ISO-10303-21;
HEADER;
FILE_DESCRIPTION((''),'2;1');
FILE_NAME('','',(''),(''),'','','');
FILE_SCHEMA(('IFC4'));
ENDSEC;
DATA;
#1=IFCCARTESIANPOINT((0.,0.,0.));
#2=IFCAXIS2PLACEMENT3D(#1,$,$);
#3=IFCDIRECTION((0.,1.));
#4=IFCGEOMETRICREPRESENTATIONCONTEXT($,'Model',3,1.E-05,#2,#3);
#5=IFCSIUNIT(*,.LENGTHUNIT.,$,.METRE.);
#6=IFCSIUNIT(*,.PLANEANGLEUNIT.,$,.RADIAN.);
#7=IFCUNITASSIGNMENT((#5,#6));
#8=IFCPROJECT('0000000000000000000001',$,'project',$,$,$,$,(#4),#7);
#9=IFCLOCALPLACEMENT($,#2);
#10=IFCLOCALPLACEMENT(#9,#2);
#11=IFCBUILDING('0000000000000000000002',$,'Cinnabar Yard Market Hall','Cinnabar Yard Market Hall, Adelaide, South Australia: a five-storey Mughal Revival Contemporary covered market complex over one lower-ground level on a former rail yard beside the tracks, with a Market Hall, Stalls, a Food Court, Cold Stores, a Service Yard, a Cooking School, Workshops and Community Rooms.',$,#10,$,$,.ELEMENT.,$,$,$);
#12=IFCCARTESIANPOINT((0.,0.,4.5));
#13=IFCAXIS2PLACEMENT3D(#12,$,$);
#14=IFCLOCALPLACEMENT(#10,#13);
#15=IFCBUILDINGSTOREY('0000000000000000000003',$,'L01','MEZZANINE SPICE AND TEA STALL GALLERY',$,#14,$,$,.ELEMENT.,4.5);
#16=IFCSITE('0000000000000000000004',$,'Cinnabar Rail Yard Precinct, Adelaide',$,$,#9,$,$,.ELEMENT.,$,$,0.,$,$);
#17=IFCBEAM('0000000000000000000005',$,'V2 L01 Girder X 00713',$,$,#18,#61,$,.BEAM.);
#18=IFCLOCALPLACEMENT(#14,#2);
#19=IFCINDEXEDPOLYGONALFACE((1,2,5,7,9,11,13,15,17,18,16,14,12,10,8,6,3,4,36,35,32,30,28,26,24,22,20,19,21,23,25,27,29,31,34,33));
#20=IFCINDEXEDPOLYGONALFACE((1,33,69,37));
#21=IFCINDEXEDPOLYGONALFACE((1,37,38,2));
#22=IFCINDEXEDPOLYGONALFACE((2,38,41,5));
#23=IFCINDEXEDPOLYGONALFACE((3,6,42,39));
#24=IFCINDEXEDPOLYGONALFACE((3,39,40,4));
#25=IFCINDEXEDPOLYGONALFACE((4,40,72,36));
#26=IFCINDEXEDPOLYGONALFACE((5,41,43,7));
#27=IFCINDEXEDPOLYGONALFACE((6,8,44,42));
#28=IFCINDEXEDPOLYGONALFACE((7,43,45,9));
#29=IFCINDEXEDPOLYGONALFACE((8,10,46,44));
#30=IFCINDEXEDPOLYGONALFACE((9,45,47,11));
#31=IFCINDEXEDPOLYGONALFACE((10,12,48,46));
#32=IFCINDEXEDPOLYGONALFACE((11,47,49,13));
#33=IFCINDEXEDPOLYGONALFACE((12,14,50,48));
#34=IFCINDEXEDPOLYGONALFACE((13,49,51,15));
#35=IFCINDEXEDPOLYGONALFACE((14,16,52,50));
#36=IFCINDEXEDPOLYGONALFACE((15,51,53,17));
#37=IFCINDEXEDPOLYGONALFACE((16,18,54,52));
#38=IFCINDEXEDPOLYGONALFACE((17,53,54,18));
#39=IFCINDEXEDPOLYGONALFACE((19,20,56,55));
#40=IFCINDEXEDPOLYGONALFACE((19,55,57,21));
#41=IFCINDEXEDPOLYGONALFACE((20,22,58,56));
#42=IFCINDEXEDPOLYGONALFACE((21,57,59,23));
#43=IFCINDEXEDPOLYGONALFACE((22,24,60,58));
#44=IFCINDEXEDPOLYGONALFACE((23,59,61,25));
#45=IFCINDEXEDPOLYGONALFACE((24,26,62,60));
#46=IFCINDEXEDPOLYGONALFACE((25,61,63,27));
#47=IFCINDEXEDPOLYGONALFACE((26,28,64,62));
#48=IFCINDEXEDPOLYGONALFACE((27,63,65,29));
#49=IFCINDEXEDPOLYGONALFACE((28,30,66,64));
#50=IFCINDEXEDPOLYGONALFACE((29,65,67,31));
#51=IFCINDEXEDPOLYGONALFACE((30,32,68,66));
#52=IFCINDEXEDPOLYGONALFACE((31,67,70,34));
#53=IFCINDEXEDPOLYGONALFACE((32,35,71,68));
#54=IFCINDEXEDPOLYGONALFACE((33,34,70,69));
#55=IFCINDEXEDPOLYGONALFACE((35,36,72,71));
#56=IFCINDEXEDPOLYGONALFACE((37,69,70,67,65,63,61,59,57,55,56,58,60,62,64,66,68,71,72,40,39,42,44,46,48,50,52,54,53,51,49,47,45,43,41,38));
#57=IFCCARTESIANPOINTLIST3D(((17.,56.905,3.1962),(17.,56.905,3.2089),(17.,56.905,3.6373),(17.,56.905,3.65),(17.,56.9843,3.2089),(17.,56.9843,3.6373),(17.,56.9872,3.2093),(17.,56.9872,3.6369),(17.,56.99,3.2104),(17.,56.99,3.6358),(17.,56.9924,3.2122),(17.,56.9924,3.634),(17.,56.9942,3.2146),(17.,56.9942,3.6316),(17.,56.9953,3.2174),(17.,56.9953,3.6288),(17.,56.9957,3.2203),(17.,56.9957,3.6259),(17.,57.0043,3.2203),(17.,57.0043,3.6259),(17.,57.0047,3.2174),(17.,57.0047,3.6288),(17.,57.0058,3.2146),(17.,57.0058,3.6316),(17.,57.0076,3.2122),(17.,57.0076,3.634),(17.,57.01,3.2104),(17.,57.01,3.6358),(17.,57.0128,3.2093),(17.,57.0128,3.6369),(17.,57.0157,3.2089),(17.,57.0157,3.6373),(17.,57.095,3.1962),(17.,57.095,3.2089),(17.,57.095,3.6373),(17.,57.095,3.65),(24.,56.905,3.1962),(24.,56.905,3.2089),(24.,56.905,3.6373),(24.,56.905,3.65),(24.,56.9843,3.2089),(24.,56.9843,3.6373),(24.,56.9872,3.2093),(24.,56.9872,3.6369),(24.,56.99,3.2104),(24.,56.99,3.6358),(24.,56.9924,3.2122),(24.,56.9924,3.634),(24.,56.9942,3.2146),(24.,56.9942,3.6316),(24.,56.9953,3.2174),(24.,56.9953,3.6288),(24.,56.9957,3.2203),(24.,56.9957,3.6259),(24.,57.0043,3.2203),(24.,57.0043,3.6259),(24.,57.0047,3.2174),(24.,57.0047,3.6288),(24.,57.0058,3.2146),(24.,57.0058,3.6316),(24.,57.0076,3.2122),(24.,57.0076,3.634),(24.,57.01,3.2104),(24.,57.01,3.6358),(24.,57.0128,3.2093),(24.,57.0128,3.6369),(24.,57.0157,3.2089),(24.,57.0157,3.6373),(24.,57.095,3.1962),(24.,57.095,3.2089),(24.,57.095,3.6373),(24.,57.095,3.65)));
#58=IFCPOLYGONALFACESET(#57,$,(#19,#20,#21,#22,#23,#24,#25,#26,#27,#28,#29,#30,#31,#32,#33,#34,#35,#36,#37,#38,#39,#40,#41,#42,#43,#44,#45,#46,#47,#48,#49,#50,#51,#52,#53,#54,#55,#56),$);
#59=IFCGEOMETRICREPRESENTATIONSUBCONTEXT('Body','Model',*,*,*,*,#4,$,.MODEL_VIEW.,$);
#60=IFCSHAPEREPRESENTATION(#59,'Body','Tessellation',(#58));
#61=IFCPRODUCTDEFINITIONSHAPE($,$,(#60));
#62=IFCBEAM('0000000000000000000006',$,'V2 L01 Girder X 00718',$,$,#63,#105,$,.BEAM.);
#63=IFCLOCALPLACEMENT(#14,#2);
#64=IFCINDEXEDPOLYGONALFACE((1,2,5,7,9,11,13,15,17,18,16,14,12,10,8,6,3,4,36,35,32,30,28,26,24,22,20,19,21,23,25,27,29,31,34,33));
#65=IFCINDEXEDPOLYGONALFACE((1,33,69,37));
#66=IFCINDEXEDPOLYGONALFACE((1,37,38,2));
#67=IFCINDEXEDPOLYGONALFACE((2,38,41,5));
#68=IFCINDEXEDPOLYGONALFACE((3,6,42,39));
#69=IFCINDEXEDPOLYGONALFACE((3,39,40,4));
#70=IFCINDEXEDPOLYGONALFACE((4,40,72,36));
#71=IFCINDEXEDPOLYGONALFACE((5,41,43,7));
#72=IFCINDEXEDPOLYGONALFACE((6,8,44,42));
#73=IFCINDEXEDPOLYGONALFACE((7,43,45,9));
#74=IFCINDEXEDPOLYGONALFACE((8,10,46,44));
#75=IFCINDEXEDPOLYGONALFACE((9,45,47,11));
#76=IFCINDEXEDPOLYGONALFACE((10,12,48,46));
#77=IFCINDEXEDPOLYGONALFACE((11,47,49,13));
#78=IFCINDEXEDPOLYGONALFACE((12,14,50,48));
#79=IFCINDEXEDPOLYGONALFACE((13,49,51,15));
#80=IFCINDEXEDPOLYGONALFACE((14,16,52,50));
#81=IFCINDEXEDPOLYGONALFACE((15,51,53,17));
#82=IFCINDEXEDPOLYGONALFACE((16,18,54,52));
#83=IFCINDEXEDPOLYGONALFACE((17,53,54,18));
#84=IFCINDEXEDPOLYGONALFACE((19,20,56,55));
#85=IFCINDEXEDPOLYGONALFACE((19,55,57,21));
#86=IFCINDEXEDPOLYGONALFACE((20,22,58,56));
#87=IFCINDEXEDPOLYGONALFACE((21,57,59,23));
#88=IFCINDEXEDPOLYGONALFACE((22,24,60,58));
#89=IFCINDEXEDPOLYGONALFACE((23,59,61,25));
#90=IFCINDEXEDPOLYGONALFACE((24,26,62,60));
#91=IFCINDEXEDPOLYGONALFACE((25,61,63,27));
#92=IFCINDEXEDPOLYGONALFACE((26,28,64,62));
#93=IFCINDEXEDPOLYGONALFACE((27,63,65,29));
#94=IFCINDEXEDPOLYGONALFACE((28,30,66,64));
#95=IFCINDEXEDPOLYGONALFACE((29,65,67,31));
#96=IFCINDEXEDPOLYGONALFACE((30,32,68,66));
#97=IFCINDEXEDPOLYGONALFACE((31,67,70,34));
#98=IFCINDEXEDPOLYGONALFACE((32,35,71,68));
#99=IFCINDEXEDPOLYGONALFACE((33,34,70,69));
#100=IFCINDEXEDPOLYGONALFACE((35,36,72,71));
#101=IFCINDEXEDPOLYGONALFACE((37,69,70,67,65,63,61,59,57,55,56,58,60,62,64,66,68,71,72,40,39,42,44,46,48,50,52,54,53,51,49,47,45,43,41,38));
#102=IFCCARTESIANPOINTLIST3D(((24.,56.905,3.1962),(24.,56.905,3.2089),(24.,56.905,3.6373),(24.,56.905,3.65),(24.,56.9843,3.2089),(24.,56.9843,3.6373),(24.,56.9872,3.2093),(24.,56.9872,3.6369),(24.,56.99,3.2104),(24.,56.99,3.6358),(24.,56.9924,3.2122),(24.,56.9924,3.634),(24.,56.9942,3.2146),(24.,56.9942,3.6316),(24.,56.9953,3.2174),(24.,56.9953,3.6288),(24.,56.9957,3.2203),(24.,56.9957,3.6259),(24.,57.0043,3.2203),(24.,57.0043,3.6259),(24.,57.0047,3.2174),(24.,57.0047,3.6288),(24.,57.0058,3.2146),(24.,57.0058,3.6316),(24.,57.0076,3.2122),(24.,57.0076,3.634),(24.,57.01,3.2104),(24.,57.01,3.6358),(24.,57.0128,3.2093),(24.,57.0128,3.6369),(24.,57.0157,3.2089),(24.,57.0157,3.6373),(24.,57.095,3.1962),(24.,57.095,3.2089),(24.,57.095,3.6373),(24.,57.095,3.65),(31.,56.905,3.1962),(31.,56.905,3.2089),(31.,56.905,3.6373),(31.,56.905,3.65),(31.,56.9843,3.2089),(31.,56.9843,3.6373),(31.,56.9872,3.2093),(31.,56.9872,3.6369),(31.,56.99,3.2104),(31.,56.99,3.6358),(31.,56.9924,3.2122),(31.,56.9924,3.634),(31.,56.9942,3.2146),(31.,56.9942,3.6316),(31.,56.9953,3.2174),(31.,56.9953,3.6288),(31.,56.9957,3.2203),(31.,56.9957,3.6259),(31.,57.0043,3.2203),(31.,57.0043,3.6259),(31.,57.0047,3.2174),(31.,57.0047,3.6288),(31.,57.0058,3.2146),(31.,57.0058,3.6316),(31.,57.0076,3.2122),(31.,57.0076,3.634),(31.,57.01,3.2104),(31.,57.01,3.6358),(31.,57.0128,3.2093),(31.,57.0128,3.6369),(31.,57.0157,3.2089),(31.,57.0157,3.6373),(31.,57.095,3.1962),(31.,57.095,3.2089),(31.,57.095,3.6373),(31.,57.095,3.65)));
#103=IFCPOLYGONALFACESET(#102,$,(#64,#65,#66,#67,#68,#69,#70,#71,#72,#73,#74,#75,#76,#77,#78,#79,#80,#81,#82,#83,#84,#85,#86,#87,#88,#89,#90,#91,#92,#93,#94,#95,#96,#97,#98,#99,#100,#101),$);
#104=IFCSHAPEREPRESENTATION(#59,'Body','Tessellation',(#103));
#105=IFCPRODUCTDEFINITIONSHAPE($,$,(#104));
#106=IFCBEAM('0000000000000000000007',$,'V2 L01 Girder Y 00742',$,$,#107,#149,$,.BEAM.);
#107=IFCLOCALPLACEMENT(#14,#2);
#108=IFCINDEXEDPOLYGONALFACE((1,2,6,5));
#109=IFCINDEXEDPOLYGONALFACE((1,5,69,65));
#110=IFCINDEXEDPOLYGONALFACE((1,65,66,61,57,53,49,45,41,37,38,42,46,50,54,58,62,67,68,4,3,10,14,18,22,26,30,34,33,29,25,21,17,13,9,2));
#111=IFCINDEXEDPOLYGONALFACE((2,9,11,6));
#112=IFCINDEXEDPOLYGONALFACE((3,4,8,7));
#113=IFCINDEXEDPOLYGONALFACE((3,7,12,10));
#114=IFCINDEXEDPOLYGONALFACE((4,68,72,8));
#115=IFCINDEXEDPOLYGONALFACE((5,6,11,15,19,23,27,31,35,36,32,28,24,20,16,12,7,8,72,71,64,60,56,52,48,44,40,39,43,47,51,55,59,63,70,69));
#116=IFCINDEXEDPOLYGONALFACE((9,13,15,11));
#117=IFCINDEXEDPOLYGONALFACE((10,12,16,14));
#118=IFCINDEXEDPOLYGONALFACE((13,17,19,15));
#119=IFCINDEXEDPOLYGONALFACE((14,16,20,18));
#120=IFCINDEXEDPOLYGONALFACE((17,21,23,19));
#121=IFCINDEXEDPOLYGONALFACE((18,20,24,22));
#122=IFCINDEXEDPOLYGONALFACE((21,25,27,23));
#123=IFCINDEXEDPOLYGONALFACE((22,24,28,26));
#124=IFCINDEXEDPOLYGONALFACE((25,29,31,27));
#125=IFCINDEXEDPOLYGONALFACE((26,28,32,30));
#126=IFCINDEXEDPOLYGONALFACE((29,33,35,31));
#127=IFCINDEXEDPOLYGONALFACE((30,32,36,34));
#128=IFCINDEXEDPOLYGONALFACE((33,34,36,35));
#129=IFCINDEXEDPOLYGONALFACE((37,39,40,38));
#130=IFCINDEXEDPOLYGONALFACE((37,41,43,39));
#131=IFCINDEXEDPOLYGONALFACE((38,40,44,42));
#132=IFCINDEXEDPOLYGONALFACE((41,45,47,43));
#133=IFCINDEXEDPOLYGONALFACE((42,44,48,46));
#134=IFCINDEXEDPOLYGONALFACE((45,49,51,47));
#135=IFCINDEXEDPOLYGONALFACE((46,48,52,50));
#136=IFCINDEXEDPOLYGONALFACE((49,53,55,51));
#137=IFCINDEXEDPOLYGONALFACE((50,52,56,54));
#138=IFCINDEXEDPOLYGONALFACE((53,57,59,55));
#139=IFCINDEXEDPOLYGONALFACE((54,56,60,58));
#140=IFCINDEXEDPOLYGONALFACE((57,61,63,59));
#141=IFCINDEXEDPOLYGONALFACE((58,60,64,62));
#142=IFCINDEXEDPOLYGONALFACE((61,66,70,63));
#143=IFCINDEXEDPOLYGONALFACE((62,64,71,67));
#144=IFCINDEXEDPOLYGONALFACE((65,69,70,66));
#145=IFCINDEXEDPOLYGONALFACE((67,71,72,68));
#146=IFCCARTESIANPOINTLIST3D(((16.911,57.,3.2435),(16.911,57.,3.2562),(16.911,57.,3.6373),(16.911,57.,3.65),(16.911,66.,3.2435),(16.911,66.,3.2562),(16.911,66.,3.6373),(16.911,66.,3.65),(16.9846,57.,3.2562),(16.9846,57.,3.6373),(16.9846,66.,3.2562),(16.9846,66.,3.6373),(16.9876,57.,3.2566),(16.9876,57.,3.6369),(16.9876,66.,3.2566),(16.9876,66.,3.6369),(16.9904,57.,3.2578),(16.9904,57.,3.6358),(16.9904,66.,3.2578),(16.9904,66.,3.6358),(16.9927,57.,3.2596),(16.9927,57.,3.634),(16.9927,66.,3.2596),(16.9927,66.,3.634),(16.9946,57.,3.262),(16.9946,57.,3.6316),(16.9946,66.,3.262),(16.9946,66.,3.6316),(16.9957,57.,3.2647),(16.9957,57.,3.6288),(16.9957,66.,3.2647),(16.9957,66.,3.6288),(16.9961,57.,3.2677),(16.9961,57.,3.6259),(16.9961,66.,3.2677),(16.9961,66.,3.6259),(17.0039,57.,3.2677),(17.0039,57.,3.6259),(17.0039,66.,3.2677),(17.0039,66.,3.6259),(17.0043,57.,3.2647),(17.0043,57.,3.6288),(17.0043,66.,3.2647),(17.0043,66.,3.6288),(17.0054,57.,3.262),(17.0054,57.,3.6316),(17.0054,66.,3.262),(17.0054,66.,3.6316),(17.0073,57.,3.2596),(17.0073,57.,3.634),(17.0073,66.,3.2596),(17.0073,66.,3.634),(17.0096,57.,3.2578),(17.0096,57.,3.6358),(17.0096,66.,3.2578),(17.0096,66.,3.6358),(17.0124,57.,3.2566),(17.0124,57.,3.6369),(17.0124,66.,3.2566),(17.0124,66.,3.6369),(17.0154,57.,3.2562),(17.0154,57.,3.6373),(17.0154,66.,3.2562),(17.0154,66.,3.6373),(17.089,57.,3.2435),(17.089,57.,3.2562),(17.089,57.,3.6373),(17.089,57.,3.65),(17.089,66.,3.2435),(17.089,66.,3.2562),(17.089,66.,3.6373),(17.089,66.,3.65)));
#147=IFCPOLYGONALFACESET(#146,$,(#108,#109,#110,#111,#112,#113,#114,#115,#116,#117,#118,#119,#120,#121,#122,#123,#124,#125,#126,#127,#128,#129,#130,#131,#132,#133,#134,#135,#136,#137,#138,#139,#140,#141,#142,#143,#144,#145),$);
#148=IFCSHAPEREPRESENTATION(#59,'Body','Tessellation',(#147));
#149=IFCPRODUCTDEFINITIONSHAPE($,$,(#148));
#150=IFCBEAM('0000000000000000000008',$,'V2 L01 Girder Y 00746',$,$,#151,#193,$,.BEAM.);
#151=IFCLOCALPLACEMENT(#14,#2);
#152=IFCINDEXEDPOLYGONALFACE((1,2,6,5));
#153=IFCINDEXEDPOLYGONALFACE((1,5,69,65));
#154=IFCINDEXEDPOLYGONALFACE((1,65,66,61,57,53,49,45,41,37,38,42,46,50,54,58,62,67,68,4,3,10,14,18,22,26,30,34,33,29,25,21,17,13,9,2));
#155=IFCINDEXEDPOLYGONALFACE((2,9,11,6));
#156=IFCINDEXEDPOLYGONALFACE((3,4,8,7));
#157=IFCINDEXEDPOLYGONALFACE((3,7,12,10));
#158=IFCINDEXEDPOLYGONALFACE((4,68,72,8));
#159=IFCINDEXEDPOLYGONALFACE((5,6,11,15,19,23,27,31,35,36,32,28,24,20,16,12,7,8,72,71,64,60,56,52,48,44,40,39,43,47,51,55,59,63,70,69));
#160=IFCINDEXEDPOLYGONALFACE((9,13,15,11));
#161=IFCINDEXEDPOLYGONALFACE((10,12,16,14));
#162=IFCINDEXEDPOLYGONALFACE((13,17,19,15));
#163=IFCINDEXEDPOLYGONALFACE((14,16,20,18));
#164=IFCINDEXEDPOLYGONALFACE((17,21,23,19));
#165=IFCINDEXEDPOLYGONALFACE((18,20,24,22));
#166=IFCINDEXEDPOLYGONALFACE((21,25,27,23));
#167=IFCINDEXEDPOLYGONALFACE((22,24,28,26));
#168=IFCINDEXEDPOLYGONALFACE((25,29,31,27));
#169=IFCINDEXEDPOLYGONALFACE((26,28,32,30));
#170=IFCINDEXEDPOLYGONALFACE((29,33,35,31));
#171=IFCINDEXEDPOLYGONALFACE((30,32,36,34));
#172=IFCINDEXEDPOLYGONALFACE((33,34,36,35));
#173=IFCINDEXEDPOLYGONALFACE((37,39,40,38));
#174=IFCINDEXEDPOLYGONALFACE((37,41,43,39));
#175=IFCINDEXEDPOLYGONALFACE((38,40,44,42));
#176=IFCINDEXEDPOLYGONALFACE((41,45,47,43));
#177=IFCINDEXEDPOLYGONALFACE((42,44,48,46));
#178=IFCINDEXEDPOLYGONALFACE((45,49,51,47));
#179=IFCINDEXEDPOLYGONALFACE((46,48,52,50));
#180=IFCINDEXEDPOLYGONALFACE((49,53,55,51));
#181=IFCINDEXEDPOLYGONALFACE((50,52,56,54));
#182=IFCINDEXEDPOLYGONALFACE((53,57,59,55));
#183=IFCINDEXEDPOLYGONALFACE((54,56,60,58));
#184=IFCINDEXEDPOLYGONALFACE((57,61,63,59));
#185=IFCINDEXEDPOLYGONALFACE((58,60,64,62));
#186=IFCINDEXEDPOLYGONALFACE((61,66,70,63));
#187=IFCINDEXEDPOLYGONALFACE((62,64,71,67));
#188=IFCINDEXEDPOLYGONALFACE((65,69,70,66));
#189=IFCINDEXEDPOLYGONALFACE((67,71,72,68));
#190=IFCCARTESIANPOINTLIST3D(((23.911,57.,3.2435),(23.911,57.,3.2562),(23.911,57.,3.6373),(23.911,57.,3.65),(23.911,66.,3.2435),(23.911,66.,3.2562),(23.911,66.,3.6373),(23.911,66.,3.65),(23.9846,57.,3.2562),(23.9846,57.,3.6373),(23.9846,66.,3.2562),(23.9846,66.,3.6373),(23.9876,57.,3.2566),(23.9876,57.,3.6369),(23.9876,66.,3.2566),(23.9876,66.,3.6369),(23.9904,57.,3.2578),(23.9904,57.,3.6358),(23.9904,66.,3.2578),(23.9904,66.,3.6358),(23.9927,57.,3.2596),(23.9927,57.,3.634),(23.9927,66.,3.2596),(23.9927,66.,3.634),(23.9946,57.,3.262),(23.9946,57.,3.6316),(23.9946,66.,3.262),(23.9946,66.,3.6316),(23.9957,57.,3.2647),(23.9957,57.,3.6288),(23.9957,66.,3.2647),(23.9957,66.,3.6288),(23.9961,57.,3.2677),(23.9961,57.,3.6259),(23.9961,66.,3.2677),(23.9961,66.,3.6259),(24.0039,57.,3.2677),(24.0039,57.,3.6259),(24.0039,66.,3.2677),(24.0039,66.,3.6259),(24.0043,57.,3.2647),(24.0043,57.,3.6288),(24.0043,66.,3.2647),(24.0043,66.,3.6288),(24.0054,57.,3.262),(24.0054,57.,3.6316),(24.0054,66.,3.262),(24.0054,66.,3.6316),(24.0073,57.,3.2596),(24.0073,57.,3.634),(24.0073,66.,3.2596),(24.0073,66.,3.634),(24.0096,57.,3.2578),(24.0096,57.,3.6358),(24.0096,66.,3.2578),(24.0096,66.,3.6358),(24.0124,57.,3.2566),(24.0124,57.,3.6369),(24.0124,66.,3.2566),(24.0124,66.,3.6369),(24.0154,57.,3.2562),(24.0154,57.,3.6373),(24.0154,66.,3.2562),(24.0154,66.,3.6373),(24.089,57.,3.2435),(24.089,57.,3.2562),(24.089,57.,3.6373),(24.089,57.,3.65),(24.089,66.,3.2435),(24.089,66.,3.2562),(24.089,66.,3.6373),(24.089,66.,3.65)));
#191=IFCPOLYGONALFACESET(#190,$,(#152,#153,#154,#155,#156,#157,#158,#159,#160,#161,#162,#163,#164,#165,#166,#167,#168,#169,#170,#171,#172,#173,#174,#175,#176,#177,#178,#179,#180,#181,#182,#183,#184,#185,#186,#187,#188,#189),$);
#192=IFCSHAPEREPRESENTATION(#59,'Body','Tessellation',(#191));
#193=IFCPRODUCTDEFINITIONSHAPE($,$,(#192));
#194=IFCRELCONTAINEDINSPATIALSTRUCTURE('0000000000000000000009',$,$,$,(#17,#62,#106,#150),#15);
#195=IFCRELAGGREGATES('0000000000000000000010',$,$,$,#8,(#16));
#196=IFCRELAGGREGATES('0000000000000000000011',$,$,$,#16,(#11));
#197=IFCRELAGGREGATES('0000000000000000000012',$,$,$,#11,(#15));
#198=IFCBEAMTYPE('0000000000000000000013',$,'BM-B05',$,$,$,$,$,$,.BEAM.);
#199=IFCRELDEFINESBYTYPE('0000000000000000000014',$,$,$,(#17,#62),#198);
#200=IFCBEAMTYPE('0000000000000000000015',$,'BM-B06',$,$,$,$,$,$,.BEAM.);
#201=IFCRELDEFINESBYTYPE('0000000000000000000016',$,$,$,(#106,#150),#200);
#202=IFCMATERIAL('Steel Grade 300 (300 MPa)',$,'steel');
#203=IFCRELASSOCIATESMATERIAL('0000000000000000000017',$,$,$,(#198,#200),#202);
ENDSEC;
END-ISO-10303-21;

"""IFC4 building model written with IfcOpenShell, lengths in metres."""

from ifc_helpers import new_model, si_unit, direction, frame, origin, origin_2d_with_axis, place, context, subcontext, project, spatial, i_section, extrude, material, material_profile, profile_set, type_object, element, save


model = new_model("IFC4")

# Units and contexts
model_context = context("Model", 3, precision=1e-05, world=origin(), true_north=direction((0.0, 1.0)))
body_context = subcontext(model_context, "Body", "Model", "MODEL_VIEW")
ifc_project = project(units=[si_unit("LENGTHUNIT", "METRE"), si_unit("PLANEANGLEUNIT", "RADIAN")], contexts=[model_context])

# Site, building, storey
site_placement = place(None, origin())
site = spatial("IfcSite", under=ifc_project, at=site_placement, Name="Cinnabar Rail Yard Precinct, Adelaide", CompositionType="ELEMENT", RefElevation=0.0)
building_placement = place(site_placement, origin())
building = spatial("IfcBuilding", under=site, at=building_placement, Name="Cinnabar Yard Market Hall", Description="Cinnabar Yard Market Hall, Adelaide, South Australia: a five-storey Mughal Revival Contemporary covered market complex over one lower-ground level on a former rail yard beside the tracks, with a Market Hall, Stalls, a Food Court, Cold Stores, a Service Yard, a Cooking School, Workshops and Community Rooms.", CompositionType="ELEMENT")
storey_placement = place(building_placement, frame((0.0, 0.0, 4.5)))
storey = spatial("IfcBuildingStorey", under=building, at=storey_placement, Name="L01", Description="MEZZANINE SPICE AND TEA STALL GALLERY", CompositionType="ELEMENT", Elevation=4.5)

# Shared definitions
ifc_material_1 = material(Name="Steel Grade 300 (300 MPa)", Category="steel")

# Beams
ifc_material_profile_1 = material_profile(ifc_material_1, i_section(OverallWidth=0.1899, OverallDepth=0.4539, WebThickness=0.0085, FlangeThickness=0.0127, FilletRadius=0.0115, at=origin_2d_with_axis()), Name="460UB67.1")
ifc_profile_set_1 = profile_set([ifc_material_profile_1], Name="Steel Grade 300 (300 MPa)")
beam_type_1 = type_object("IfcBeamType", Name="BM-B05", PredefinedType="BEAM", material=ifc_profile_set_1)
for number, where, z_axis, x_axis, name in (
    (1, (17.0, 57.0, 3.4231), (1.0, 0.0, 0.0), (0.0, 1.0, 0.0), "V2 L01 Girder X 00713"),
    (2, (24.0, 57.0, 3.4231), (1.0, 0.0, 0.0), (0.0, 1.0, 0.0), "V2 L01 Girder X 00718"),
):
    element("IfcBeam", number, at=place(storey_placement, frame(where, z_axis=z_axis, x_axis=x_axis)), inside=storey, type_object=beam_type_1, Name=name, PredefinedType="BEAM", context=body_context, shape_type="SweptSolid", body=[
        extrude(i_section(OverallWidth=0.1899, OverallDepth=0.4539, WebThickness=0.0085, FlangeThickness=0.0127, FilletRadius=0.0115, at=origin_2d_with_axis()), origin(), (0.0, 0.0, 1.0), 7.0),
    ])
ifc_material_profile_2 = material_profile(ifc_material_1, i_section(OverallWidth=0.178, OverallDepth=0.4065, WebThickness=0.0078, FlangeThickness=0.0127, FilletRadius=0.0115, at=origin_2d_with_axis()), Name="410UB59.7")
ifc_profile_set_2 = profile_set([ifc_material_profile_2], Name="Steel Grade 300 (300 MPa)")
beam_type_2 = type_object("IfcBeamType", Name="BM-B06", PredefinedType="BEAM", material=ifc_profile_set_2)
for number, where, z_axis, x_axis, name in (
    (3, (17.0, 57.0, 3.4468), (0.0, 1.0, 0.0), (-1.0, 0.0, 0.0), "V2 L01 Girder Y 00742"),
    (4, (24.0, 57.0, 3.4468), (0.0, 1.0, 0.0), (-1.0, 0.0, 0.0), "V2 L01 Girder Y 00746"),
):
    element("IfcBeam", number, at=place(storey_placement, frame(where, z_axis=z_axis, x_axis=x_axis)), inside=storey, type_object=beam_type_2, Name=name, PredefinedType="BEAM", context=body_context, shape_type="SweptSolid", body=[
        extrude(i_section(OverallWidth=0.178, OverallDepth=0.4065, WebThickness=0.0078, FlangeThickness=0.0127, FilletRadius=0.0115, at=origin_2d_with_axis()), origin(), (0.0, 0.0, 1.0), 9.0),
    ])

save(model, "model.ifc")
